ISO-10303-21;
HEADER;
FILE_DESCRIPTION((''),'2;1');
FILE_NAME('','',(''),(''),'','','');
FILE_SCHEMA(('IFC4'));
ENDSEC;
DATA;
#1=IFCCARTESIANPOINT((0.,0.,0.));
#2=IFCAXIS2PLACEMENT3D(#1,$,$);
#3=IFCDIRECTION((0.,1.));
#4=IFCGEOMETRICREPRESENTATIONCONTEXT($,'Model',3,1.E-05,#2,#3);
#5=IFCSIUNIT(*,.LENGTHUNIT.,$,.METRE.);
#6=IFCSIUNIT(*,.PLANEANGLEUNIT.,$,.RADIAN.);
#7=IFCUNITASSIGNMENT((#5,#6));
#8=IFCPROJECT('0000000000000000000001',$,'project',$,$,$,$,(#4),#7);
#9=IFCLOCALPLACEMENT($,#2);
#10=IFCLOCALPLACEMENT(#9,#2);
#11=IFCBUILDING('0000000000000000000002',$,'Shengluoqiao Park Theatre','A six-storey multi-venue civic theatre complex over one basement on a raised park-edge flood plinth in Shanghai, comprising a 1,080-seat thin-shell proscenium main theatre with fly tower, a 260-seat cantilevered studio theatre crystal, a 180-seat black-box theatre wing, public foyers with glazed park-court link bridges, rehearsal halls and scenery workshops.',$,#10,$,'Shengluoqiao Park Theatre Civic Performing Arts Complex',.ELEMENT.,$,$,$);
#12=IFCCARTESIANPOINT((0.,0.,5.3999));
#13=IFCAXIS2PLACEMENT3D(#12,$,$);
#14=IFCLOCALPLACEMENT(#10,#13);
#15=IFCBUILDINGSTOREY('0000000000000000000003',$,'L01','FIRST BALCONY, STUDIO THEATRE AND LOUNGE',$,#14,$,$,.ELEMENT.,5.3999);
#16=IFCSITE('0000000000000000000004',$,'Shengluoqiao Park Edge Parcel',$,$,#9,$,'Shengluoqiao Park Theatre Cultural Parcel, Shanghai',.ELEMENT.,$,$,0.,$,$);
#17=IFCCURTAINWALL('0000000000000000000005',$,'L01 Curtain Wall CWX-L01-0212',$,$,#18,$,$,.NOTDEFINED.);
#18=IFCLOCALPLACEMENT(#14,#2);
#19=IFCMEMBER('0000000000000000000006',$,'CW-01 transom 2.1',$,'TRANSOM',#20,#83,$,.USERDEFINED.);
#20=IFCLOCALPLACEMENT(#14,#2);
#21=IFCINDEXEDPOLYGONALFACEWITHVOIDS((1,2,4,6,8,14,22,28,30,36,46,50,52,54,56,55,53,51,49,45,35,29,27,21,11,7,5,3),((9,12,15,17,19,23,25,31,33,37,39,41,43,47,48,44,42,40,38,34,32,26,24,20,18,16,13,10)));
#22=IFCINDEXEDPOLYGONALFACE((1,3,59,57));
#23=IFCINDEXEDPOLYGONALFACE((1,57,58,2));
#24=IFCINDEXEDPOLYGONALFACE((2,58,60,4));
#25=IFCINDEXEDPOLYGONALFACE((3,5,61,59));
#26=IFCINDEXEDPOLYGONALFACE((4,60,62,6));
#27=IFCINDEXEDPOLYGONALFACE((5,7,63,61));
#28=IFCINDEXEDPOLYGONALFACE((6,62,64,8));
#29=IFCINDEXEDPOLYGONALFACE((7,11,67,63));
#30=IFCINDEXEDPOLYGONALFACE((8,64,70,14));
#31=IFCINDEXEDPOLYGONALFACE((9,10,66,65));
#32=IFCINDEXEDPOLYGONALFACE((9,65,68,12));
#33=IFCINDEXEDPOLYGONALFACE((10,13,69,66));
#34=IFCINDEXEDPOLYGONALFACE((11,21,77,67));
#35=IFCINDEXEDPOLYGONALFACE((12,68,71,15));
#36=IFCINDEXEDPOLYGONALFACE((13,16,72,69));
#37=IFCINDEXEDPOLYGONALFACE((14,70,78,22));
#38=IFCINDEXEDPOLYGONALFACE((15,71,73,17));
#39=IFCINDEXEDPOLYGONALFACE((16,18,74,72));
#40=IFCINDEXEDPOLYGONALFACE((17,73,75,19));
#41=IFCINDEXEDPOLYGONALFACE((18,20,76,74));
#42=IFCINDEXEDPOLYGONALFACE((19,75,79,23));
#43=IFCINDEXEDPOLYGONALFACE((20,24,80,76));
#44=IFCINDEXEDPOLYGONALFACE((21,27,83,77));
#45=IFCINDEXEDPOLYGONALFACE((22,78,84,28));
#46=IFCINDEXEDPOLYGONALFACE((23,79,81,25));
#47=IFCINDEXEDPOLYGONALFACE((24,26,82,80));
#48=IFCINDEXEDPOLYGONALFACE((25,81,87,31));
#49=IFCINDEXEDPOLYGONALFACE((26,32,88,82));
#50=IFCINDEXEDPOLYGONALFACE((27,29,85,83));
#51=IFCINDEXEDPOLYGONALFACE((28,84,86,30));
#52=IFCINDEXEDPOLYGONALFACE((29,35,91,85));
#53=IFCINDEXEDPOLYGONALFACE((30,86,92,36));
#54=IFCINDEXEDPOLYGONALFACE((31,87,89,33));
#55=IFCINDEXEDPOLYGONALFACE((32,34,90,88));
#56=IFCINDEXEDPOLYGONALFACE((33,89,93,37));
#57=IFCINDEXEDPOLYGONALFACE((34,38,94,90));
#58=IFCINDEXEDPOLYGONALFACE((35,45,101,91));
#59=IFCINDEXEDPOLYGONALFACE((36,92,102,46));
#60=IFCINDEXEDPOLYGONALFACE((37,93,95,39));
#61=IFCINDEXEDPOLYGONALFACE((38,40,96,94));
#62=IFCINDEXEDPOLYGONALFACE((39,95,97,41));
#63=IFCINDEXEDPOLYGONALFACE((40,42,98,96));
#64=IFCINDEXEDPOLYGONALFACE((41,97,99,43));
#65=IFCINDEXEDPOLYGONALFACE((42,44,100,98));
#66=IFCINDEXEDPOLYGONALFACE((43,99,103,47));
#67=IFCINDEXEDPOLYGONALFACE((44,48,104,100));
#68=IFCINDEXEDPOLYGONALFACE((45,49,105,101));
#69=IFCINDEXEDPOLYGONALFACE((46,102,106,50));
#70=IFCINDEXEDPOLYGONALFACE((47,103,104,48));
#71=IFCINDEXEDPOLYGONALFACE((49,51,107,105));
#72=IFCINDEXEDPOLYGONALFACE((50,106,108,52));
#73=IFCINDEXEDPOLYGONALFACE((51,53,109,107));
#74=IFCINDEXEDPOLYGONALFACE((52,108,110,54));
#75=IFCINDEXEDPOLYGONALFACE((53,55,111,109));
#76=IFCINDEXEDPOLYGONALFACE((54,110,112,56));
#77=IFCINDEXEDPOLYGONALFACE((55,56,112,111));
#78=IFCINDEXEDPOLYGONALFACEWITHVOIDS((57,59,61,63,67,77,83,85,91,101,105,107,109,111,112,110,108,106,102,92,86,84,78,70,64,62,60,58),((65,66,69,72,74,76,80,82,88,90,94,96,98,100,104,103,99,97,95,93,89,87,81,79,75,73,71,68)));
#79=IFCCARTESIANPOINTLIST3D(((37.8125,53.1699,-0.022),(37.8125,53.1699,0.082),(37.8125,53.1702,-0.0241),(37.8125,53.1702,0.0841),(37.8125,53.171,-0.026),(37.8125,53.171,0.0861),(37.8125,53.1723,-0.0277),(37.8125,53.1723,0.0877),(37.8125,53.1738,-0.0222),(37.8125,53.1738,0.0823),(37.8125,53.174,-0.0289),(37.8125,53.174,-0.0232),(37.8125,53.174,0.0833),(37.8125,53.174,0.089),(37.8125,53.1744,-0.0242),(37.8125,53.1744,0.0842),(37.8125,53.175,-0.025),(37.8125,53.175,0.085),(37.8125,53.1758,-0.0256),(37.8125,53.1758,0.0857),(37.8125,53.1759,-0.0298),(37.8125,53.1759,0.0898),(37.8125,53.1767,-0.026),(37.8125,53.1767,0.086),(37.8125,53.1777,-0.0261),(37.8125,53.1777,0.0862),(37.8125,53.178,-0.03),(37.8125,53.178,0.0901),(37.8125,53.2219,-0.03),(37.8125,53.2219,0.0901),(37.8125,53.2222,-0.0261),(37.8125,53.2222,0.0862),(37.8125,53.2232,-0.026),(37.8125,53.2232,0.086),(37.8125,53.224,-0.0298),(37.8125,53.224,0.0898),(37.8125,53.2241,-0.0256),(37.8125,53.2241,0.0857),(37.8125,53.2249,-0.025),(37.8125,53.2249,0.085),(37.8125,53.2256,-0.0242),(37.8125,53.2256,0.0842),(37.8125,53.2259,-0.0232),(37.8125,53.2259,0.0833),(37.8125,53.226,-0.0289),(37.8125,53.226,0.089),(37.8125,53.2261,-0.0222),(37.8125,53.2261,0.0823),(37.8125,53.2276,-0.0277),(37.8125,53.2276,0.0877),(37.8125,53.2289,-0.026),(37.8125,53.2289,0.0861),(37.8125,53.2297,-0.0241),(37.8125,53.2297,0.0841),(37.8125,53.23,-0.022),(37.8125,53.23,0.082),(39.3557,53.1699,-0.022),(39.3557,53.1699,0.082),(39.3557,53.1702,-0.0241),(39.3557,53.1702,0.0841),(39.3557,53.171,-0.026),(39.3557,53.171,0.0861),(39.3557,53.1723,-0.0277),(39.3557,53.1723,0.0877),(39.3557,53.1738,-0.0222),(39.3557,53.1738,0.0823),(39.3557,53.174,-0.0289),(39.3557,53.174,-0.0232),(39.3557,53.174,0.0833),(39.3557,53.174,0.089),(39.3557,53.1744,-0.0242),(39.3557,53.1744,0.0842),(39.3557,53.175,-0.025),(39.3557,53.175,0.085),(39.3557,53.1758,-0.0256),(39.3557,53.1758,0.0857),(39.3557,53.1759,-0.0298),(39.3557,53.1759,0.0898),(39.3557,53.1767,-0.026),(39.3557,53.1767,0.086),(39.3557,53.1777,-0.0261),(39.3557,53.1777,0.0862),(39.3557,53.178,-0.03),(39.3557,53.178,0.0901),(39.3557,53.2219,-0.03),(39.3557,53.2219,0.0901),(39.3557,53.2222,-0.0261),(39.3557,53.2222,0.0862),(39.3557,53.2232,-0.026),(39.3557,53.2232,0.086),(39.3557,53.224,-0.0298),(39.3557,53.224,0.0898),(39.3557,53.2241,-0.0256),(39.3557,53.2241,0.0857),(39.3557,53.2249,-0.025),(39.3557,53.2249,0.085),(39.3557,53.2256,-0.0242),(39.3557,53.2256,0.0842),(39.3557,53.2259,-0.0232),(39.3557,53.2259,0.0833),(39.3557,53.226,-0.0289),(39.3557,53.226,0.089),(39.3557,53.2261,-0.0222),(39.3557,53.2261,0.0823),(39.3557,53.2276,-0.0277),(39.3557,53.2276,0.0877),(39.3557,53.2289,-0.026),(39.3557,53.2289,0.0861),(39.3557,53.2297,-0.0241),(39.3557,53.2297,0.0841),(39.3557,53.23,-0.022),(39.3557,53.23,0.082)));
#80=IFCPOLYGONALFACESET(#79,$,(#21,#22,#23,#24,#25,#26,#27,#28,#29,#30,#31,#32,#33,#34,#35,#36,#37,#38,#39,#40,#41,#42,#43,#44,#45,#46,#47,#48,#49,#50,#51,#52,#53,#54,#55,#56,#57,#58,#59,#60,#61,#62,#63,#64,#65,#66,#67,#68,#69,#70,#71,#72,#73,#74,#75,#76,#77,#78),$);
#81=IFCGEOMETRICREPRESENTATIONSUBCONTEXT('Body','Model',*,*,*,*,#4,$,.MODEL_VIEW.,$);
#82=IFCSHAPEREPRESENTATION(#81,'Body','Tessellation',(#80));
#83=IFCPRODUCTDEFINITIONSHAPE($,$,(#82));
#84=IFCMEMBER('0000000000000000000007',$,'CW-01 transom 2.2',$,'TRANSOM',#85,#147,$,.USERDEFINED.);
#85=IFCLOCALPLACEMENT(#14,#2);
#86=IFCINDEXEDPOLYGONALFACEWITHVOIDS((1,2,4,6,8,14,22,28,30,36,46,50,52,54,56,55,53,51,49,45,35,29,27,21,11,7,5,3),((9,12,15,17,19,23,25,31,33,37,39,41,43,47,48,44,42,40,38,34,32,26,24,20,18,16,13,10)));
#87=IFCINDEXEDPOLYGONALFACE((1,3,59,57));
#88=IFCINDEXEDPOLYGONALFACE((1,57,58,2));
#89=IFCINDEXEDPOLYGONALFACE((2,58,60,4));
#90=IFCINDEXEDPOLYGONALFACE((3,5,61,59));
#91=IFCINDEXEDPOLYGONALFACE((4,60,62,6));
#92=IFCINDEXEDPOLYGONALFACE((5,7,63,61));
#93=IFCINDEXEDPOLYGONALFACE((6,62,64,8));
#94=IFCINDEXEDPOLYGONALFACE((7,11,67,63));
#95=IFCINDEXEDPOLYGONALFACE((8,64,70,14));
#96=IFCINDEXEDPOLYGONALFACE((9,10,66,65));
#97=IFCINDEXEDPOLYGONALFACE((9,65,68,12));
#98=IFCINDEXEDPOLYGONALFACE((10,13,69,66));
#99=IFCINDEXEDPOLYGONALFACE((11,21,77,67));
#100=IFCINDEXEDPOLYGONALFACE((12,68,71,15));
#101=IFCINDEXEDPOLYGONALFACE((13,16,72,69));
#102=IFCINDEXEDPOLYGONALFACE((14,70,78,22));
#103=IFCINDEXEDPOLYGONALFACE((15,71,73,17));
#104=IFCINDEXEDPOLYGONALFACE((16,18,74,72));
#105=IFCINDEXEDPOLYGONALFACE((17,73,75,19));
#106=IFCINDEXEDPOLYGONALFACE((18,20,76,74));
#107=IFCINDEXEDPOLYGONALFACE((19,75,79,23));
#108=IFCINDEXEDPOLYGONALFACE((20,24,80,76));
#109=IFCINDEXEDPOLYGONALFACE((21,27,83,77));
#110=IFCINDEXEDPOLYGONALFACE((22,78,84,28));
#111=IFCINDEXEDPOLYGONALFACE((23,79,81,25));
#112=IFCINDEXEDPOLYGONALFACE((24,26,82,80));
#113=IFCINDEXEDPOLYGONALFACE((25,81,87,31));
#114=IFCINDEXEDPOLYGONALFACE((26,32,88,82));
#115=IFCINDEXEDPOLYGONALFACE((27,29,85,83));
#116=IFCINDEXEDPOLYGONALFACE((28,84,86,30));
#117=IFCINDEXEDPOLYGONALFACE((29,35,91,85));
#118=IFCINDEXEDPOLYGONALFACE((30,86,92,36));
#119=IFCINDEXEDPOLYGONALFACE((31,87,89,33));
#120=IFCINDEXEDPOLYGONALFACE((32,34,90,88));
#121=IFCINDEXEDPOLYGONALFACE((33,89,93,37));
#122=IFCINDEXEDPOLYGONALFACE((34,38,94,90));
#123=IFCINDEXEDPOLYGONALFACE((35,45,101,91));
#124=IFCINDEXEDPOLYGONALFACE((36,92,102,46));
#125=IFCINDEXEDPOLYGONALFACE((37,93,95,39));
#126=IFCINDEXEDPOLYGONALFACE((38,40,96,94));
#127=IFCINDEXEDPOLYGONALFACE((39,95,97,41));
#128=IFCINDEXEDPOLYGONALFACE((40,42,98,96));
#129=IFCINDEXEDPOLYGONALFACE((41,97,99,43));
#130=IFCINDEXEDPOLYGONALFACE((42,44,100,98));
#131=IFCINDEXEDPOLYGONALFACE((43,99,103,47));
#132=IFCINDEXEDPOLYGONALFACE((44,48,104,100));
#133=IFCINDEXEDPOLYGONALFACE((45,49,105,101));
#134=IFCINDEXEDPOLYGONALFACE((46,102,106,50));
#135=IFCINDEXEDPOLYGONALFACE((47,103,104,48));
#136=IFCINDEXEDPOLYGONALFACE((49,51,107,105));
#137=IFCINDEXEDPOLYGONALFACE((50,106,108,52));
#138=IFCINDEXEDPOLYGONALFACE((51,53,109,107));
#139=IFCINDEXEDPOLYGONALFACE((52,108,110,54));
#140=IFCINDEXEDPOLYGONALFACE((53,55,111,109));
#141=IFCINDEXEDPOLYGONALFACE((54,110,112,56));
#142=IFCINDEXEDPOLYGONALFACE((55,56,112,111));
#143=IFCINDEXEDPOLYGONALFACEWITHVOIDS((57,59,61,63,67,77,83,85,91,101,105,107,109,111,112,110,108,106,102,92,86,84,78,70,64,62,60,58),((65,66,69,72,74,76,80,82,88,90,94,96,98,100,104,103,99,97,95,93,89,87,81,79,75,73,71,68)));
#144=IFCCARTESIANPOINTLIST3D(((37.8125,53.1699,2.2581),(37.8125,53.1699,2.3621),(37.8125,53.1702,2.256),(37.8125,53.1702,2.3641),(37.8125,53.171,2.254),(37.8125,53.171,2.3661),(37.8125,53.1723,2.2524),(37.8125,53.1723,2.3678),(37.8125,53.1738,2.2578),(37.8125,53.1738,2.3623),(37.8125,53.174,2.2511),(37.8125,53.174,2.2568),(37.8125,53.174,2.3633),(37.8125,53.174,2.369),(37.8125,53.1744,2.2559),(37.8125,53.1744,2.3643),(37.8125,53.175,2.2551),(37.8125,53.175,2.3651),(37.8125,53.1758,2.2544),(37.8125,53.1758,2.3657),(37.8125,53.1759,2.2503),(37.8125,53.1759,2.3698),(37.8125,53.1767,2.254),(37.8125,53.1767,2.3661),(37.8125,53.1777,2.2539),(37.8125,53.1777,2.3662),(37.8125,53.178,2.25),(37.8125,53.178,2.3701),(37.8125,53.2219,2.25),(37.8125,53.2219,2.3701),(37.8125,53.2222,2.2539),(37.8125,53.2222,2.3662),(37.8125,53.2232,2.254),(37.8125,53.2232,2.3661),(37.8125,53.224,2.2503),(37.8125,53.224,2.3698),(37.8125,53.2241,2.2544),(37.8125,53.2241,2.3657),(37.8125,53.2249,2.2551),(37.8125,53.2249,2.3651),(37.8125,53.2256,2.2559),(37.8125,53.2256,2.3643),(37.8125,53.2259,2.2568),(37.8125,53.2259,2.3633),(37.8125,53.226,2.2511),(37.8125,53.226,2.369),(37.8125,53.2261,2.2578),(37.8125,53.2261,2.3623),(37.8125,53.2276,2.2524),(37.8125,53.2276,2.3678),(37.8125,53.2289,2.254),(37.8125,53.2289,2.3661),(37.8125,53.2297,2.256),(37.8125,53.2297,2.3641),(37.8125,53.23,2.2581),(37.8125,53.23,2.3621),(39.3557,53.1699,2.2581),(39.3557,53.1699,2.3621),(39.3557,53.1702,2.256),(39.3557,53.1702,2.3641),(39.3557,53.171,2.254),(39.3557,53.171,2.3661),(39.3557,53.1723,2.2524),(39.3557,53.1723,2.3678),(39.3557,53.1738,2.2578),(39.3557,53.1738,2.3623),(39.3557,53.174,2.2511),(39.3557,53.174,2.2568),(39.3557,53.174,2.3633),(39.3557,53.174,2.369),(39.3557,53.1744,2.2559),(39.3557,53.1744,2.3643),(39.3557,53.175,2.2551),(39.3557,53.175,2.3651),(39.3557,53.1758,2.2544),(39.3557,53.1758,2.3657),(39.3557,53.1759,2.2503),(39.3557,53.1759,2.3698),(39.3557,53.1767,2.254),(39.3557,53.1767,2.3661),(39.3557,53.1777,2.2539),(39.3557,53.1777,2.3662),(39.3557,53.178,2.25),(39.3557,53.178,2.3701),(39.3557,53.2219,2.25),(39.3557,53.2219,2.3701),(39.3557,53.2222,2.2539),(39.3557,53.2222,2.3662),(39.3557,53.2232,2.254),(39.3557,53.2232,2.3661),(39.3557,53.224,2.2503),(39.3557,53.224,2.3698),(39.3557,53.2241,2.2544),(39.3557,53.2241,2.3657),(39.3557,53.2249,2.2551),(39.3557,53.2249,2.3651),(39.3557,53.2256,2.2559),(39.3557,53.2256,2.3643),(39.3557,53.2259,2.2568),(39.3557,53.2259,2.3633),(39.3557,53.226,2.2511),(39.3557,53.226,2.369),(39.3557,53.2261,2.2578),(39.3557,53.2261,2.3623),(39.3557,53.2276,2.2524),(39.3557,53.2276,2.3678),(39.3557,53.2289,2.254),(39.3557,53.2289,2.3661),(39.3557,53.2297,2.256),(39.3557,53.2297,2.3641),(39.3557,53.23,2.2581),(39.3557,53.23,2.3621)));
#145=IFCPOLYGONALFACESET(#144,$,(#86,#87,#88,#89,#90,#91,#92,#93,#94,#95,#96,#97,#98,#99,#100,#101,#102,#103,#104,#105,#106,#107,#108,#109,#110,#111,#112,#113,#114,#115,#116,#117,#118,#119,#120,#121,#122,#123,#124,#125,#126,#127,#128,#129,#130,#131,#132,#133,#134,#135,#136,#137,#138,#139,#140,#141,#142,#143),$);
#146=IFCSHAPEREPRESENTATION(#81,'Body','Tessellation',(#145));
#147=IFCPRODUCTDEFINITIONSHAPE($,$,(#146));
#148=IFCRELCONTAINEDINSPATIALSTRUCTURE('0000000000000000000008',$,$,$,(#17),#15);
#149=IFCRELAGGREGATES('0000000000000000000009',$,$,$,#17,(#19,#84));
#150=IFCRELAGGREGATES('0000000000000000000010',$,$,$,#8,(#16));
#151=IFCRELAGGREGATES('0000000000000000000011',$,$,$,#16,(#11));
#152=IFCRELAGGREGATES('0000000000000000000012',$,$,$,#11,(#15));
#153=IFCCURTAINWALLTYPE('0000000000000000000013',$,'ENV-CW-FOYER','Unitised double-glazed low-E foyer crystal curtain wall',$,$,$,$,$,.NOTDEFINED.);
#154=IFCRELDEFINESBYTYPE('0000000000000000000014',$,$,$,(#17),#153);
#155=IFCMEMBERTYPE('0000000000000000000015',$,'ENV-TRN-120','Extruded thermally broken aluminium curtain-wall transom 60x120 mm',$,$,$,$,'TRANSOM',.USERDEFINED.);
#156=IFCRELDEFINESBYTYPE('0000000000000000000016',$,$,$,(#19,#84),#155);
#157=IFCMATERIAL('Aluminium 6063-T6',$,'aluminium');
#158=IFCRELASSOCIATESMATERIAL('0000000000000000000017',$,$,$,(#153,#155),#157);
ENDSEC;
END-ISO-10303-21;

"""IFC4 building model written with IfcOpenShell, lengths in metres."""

from ifc_helpers import new_model, si_unit, direction, frame, origin, origin_2d, place, context, subcontext, project, spatial, hollow_rectangle, extrude, material, material_profile, profile_set, type_object, element, aggregate, save


model = new_model("IFC4")

# Units and contexts
model_context = context("Model", 3, precision=1e-05, world=origin(), true_north=direction((0.0, 1.0)))
body_context = subcontext(model_context, "Body", "Model", "MODEL_VIEW")
ifc_project = project(units=[si_unit("LENGTHUNIT", "METRE"), si_unit("PLANEANGLEUNIT", "RADIAN")], contexts=[model_context])

# Site, building, storey
site_placement = place(None, origin())
site = spatial("IfcSite", under=ifc_project, at=site_placement, Name="Shengluoqiao Park Edge Parcel", LongName="Shengluoqiao Park Theatre Cultural Parcel, Shanghai", CompositionType="ELEMENT", RefElevation=0.0)
building_placement = place(site_placement, origin())
building = spatial("IfcBuilding", under=site, at=building_placement, Name="Shengluoqiao Park Theatre", Description="A six-storey multi-venue civic theatre complex over one basement on a raised park-edge flood plinth in Shanghai, comprising a 1,080-seat thin-shell proscenium main theatre with fly tower, a 260-seat cantilevered studio theatre crystal, a 180-seat black-box theatre wing, public foyers with glazed park-court link bridges, rehearsal halls and scenery workshops.", LongName="Shengluoqiao Park Theatre Civic Performing Arts Complex", CompositionType="ELEMENT")
storey_placement = place(building_placement, frame((0.0, 0.0, 5.3999)))
storey = spatial("IfcBuildingStorey", under=building, at=storey_placement, Name="L01", Description="FIRST BALCONY, STUDIO THEATRE AND LOUNGE", CompositionType="ELEMENT", Elevation=5.3999)

# Curtain wall, members
ifc_material_1 = material(Name="Aluminium 6063-T6", Category="aluminium")
curtain_wall_type = type_object("IfcCurtainWallType", Name="ENV-CW-FOYER", Description="Unitised double-glazed low-E foyer crystal curtain wall", PredefinedType="NOTDEFINED", material=ifc_material_1)
curtain_wall_placement = place(storey_placement, origin())
curtain_wall = element("IfcCurtainWall", 1, at=curtain_wall_placement, inside=storey, type_object=curtain_wall_type, Name="L01 Curtain Wall CWX-L01-0212", PredefinedType="NOTDEFINED")
ifc_material_profile_1 = material_profile(ifc_material_1, hollow_rectangle(XDim=0.0601, YDim=0.1201, WallThickness=0.0039, InnerFilletRadius=0.0039, OuterFilletRadius=0.0081, at=origin_2d()), Name="ALU TRANSOM 120x60x4")
ifc_profile_set_1 = profile_set([ifc_material_profile_1], Name="Aluminium 6063-T6")
member_type_1 = type_object("IfcMemberType", Name="ENV-TRN-120", Description="Extruded thermally broken aluminium curtain-wall transom 60x120 mm", ElementType="TRANSOM", PredefinedType="USERDEFINED", material=ifc_profile_set_1)
member_1_placement = place(storey_placement, frame((37.8125, 53.2, 0.03), z_axis=(1.0, 0.0, 0.0), x_axis=(0.0, 1.0, 0.0)))
member_1 = element("IfcMember", 2, at=member_1_placement, type_object=member_type_1, Name="CW-01 transom 2.1", ObjectType="TRANSOM", PredefinedType="USERDEFINED", context=body_context, shape_type="SweptSolid", body=[
    extrude(hollow_rectangle(XDim=0.0601, YDim=0.1201, WallThickness=0.0039, InnerFilletRadius=0.0039, OuterFilletRadius=0.0081, at=origin_2d()), origin(), (0.0, 0.0, 1.0), 1.5432),
])
member_2_placement = place(storey_placement, frame((37.8125, 53.2, 2.3101), z_axis=(1.0, 0.0, 0.0), x_axis=(0.0, 1.0, 0.0)))
member_2 = element("IfcMember", 3, at=member_2_placement, type_object=member_type_1, Name="CW-01 transom 2.2", ObjectType="TRANSOM", PredefinedType="USERDEFINED", context=body_context, shape_type="SweptSolid", body=[
    extrude(hollow_rectangle(XDim=0.0601, YDim=0.1201, WallThickness=0.0039, InnerFilletRadius=0.0039, OuterFilletRadius=0.0081, at=origin_2d()), origin(), (0.0, 0.0, 1.0), 1.5432),
])

aggregate(curtain_wall, [member_1, member_2])

save(model, "model.ifc")
